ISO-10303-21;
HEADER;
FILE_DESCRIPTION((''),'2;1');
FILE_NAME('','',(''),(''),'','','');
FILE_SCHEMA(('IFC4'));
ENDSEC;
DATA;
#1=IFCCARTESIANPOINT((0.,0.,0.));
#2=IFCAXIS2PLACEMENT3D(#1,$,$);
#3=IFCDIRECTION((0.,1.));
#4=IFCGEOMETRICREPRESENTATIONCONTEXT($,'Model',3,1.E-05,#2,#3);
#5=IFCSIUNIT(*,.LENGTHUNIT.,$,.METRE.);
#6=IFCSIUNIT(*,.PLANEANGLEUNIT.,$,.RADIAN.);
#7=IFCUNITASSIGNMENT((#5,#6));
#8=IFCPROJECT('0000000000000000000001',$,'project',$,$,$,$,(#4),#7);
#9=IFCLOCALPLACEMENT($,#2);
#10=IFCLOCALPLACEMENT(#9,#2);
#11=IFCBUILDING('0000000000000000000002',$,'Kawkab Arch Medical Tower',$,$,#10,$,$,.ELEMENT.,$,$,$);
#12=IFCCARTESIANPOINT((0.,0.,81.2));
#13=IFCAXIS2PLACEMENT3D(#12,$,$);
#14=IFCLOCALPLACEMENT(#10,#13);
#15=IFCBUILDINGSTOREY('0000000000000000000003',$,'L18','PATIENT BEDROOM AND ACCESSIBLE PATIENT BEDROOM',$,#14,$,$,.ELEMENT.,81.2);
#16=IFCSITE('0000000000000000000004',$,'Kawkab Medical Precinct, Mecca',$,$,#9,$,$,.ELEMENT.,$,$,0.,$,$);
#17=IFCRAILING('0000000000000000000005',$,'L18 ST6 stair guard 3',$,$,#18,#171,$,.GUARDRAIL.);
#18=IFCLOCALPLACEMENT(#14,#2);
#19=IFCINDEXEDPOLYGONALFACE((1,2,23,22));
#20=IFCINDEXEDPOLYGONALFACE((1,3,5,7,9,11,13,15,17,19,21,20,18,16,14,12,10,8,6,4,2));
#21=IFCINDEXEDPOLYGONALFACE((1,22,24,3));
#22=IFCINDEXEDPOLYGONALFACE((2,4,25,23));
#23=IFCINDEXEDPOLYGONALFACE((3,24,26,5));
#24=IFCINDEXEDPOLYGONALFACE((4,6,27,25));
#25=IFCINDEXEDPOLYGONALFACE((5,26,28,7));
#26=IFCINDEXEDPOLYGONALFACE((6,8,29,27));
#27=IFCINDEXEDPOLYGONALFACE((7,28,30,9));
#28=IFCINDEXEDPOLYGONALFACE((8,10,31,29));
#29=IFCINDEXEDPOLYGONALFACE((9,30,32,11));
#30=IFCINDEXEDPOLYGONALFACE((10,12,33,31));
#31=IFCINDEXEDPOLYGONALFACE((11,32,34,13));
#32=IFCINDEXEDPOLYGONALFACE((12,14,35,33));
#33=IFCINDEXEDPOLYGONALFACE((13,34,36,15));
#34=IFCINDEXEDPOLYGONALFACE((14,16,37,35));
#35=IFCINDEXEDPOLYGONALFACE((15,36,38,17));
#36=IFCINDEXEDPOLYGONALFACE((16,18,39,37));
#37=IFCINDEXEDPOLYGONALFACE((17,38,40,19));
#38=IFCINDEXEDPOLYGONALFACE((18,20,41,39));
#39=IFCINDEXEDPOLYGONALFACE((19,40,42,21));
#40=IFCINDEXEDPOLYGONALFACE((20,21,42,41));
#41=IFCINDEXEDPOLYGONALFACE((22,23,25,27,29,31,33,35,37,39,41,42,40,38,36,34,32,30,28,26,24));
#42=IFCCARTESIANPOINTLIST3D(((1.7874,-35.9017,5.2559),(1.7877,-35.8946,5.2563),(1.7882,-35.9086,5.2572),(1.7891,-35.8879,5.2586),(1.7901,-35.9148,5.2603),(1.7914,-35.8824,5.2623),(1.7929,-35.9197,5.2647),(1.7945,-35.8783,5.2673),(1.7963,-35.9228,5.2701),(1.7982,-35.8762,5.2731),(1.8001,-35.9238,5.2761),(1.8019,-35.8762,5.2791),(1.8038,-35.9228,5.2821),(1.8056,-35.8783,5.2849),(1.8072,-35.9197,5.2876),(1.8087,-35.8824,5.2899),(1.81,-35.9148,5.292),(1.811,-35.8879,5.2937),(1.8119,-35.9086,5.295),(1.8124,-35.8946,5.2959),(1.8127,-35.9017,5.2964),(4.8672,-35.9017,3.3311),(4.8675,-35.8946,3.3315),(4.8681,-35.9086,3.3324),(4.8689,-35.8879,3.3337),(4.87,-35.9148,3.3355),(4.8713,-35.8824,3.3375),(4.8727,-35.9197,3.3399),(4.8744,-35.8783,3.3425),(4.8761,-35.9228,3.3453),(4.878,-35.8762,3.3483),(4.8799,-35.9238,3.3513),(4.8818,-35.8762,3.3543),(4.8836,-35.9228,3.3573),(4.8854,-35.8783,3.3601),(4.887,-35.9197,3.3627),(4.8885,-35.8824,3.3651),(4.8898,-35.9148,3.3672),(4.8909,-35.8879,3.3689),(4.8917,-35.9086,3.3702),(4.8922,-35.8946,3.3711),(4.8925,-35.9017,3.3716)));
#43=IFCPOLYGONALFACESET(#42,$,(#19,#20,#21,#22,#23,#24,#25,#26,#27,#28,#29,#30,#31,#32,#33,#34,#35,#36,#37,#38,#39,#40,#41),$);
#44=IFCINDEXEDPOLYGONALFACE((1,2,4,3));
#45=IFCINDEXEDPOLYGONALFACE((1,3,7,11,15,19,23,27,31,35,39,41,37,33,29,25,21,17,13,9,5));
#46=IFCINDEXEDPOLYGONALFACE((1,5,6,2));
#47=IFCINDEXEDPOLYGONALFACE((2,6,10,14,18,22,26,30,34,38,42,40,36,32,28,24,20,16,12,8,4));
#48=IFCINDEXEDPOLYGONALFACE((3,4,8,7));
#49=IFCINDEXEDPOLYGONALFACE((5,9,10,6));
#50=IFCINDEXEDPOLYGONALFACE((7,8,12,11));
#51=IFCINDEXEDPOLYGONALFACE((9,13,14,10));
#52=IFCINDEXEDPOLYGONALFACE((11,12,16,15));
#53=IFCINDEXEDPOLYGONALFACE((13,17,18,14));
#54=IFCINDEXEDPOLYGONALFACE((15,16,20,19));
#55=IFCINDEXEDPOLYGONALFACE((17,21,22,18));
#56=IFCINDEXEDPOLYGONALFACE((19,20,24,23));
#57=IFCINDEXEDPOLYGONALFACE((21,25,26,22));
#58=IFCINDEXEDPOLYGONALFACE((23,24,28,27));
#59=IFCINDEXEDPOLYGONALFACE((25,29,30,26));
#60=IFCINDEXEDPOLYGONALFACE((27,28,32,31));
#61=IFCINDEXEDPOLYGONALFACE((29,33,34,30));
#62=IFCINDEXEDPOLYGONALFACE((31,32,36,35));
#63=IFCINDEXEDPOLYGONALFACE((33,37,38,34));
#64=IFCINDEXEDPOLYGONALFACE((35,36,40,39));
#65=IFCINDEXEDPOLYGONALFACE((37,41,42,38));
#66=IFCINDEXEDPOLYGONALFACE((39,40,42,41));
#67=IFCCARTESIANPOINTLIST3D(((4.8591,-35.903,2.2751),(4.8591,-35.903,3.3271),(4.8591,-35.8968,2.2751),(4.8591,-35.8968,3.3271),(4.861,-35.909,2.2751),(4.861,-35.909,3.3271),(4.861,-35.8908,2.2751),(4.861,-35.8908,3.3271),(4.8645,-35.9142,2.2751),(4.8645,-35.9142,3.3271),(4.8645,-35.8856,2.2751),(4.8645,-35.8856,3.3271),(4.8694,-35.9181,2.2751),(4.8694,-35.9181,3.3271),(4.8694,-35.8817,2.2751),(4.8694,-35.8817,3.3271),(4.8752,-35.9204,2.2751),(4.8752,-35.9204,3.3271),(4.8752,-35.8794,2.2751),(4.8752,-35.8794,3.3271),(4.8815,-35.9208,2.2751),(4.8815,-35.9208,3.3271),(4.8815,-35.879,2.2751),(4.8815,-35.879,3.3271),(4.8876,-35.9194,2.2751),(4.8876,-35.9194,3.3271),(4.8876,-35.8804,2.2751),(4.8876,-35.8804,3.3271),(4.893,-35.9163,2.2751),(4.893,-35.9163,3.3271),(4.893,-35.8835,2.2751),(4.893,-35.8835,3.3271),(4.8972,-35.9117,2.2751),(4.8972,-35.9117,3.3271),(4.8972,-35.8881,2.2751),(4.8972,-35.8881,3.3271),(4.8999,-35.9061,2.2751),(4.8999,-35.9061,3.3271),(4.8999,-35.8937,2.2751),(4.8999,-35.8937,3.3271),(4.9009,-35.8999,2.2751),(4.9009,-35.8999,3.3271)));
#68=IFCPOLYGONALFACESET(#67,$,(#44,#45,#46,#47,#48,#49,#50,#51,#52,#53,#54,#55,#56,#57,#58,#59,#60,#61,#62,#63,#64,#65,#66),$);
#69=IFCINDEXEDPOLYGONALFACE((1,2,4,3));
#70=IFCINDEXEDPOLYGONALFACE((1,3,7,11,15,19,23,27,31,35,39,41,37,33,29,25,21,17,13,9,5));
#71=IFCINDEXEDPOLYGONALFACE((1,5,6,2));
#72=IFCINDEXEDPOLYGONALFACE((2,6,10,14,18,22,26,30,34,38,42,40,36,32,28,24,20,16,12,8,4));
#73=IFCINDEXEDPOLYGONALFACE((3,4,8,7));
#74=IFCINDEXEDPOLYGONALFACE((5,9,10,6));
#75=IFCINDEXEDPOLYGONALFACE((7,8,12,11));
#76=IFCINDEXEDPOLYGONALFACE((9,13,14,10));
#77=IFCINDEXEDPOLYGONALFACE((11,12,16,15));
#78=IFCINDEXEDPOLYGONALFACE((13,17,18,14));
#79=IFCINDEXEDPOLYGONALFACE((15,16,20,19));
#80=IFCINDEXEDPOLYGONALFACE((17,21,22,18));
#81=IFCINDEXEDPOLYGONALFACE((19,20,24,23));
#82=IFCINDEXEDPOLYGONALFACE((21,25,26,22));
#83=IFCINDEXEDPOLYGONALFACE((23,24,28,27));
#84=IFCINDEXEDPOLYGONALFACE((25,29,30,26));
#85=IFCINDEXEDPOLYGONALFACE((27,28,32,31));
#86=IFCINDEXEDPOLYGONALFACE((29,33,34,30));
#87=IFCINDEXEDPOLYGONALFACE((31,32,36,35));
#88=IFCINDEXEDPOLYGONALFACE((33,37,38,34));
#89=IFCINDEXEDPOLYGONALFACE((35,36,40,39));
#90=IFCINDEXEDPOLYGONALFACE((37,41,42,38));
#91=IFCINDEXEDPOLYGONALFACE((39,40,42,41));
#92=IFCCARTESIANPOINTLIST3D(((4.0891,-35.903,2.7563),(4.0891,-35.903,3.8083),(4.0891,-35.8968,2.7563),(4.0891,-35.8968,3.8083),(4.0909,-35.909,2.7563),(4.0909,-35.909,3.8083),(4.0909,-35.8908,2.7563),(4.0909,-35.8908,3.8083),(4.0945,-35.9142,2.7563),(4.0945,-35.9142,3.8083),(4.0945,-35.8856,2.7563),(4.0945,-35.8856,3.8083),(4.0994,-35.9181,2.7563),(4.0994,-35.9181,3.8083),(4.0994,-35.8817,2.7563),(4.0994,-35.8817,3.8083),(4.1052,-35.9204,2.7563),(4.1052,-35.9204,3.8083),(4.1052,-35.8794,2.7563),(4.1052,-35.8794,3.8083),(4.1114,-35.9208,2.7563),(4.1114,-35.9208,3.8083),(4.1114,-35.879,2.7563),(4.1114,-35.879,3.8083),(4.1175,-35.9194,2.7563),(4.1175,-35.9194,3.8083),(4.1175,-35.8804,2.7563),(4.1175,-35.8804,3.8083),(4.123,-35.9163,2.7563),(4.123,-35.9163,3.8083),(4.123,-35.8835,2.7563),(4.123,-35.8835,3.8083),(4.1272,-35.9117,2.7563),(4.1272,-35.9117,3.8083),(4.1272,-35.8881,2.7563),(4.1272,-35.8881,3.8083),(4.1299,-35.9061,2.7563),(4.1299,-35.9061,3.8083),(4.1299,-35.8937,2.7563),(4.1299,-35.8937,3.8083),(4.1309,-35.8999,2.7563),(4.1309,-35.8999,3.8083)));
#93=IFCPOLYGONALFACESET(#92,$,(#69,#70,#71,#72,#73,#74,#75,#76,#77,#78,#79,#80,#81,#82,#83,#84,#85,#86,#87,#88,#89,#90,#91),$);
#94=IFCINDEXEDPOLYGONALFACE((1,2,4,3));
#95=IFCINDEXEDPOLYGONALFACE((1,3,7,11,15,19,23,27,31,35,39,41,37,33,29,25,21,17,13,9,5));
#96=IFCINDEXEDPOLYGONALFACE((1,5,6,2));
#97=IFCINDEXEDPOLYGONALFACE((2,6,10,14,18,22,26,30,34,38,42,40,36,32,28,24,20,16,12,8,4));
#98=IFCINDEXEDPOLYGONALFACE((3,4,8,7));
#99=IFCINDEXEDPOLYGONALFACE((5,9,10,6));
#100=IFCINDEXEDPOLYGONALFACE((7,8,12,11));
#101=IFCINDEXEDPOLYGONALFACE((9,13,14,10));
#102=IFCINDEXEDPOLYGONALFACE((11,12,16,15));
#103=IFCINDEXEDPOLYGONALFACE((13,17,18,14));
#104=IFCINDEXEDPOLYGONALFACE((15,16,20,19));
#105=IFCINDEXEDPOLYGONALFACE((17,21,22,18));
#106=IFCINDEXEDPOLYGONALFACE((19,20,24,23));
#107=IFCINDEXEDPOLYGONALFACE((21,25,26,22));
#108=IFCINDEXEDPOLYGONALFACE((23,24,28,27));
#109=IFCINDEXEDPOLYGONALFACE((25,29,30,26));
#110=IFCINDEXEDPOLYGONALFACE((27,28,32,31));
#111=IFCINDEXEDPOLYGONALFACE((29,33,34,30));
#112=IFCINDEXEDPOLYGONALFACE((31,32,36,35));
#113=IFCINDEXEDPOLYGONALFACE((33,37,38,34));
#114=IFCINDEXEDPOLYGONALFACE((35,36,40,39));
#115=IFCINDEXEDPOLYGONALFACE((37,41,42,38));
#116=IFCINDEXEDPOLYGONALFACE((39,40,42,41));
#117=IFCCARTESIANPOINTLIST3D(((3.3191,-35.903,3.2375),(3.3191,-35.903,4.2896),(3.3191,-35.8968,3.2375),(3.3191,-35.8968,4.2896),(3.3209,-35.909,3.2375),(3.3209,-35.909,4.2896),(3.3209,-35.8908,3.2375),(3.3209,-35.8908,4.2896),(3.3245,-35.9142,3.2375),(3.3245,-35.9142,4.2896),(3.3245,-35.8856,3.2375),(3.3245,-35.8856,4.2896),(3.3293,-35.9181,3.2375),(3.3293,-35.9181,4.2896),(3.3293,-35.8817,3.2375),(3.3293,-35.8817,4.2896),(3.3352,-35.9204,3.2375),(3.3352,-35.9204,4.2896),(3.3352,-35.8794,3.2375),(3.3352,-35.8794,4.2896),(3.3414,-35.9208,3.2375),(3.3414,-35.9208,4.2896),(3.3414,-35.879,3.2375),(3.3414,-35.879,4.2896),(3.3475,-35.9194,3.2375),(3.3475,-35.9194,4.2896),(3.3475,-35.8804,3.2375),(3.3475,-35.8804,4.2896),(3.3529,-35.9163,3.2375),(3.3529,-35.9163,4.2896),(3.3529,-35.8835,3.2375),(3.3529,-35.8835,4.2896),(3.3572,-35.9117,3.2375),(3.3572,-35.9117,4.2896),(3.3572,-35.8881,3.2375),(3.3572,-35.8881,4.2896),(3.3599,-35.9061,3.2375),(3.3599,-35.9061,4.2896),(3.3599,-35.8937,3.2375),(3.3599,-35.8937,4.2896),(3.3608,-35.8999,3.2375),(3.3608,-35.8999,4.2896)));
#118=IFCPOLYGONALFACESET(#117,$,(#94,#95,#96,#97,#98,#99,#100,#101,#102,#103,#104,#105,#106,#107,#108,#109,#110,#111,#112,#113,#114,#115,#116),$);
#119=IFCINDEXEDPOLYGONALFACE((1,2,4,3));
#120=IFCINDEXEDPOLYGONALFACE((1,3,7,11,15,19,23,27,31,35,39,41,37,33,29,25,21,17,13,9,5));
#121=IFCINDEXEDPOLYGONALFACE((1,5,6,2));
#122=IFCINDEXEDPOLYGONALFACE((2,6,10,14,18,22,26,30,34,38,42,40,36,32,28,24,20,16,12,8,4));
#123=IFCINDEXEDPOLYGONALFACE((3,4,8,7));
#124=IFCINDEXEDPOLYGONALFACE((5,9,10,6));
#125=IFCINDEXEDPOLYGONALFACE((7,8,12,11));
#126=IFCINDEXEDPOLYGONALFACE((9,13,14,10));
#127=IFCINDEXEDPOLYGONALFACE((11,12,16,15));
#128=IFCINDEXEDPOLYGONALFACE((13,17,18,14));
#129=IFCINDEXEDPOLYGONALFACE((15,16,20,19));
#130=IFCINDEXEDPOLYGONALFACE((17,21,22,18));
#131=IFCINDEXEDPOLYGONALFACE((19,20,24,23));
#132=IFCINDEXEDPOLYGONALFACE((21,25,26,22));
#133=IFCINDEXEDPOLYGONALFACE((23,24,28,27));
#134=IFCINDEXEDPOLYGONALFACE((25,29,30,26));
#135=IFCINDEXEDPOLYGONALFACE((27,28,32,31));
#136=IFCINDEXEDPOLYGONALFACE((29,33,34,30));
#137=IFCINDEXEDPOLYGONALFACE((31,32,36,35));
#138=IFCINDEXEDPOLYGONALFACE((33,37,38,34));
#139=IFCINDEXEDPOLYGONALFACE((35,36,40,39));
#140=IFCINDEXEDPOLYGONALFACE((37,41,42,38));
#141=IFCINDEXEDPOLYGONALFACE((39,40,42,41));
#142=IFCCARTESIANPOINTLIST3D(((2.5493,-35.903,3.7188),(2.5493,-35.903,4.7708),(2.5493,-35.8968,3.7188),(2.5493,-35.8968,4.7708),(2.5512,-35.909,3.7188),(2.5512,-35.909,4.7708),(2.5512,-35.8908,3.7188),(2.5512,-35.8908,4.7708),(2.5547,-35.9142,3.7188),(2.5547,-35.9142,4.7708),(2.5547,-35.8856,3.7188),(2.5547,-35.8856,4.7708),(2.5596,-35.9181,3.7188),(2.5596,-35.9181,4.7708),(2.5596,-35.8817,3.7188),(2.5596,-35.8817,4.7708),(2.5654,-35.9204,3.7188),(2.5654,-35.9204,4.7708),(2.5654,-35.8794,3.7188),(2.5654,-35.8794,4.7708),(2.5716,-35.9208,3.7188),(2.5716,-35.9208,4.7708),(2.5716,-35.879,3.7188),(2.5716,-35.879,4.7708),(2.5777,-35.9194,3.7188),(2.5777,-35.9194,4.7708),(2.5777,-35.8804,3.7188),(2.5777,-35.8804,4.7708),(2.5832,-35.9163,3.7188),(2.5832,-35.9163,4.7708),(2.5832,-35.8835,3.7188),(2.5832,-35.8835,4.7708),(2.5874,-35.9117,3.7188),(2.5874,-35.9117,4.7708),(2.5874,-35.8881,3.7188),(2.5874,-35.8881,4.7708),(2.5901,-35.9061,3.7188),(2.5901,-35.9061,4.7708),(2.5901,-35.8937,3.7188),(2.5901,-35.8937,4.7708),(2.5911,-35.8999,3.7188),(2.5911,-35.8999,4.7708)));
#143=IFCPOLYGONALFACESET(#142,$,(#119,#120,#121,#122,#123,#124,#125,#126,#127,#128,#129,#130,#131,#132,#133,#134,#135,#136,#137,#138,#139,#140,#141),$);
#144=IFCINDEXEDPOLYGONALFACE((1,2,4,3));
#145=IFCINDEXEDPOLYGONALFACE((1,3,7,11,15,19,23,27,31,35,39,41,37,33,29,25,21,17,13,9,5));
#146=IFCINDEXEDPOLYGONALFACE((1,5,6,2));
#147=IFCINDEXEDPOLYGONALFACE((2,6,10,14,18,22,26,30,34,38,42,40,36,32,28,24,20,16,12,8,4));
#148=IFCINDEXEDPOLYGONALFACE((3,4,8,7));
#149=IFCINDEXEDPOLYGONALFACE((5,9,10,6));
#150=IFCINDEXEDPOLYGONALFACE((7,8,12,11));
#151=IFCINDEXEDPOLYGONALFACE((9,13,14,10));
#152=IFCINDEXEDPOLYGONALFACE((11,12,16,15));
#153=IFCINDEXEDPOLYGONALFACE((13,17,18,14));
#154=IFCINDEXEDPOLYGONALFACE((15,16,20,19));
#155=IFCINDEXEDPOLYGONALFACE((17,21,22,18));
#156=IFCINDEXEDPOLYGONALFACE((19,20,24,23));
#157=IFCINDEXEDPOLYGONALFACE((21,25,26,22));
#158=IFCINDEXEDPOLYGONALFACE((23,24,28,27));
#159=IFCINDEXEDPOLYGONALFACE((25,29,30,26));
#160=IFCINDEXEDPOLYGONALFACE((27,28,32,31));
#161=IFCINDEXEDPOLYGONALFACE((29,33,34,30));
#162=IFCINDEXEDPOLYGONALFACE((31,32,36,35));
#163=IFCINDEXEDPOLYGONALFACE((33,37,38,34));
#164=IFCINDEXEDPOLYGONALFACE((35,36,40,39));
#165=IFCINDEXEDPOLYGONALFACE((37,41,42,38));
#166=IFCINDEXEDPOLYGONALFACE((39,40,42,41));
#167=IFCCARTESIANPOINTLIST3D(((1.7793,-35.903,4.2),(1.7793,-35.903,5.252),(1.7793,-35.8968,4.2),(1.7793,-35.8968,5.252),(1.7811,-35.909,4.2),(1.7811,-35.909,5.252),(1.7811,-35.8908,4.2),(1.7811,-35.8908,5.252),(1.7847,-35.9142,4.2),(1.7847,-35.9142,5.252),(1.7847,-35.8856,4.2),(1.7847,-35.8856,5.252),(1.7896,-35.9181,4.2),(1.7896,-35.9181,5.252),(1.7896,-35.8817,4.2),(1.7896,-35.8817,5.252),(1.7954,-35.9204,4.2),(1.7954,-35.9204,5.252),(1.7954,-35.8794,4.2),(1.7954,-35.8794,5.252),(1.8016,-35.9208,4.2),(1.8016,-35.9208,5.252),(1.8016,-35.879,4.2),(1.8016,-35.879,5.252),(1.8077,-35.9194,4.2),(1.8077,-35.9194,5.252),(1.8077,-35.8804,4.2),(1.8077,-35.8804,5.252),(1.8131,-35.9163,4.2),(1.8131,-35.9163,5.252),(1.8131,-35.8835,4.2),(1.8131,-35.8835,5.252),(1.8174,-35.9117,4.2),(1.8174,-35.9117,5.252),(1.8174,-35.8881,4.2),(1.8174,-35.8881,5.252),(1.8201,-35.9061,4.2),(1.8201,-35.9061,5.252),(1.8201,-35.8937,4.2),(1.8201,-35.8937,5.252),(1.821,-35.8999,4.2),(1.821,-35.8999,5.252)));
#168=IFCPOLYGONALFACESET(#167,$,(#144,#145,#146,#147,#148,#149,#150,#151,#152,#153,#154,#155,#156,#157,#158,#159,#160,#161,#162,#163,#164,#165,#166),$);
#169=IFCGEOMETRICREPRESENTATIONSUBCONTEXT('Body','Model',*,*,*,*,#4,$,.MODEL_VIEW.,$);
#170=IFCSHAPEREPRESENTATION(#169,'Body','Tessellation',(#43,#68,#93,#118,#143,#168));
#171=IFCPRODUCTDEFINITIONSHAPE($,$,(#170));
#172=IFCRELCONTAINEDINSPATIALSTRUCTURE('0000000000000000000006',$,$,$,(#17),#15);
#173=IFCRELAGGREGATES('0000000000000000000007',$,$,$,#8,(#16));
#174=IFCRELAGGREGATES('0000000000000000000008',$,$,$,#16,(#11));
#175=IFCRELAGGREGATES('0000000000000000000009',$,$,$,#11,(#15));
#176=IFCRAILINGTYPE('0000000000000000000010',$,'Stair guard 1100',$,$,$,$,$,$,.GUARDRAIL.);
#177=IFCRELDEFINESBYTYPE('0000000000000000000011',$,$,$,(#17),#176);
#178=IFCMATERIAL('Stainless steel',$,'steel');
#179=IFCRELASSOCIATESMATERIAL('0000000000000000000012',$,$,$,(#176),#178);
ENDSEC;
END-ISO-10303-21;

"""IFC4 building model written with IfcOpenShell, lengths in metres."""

from ifc_helpers import new_model, si_unit, direction, frame, origin, origin_2d, place, context, subcontext, project, spatial, circle, extrude, material, type_object, element, save


model = new_model("IFC4")

# Units and contexts
model_context = context("Model", 3, precision=1e-05, world=origin(), true_north=direction((0.0, 1.0)))
body_context = subcontext(model_context, "Body", "Model", "MODEL_VIEW")
ifc_project = project(units=[si_unit("LENGTHUNIT", "METRE"), si_unit("PLANEANGLEUNIT", "RADIAN")], contexts=[model_context])

# Site, building, storey
site_placement = place(None, origin())
site = spatial("IfcSite", under=ifc_project, at=site_placement, Name="Kawkab Medical Precinct, Mecca", CompositionType="ELEMENT", RefElevation=0.0)
building_placement = place(site_placement, origin())
building = spatial("IfcBuilding", under=site, at=building_placement, Name="Kawkab Arch Medical Tower", CompositionType="ELEMENT")
storey_placement = place(building_placement, frame((0.0, 0.0, 81.2)))
storey = spatial("IfcBuildingStorey", under=building, at=storey_placement, Name="L18", Description="PATIENT BEDROOM AND ACCESSIBLE PATIENT BEDROOM", CompositionType="ELEMENT", Elevation=81.2)

# Railing
ifc_material_1 = material(Name="Stainless steel", Category="steel")
railing_type = type_object("IfcRailingType", Name="Stair guard 1100", PredefinedType="GUARDRAIL", material=ifc_material_1)
railing_1_placement = place(storey_placement, frame((4.8799, -35.8999, 2.2751)))
element("IfcRailing", 1, at=railing_1_placement, inside=storey, type_object=railing_type, Name="L18 ST6 stair guard 3", PredefinedType="GUARDRAIL", context=body_context, shape_type="SweptSolid", body=[
    extrude(circle(Radius=0.0239, at=origin_2d()), frame((0.0, 0.0, 1.0762), z_axis=(-0.84801, 0.0, 0.529981), x_axis=(0.0, -1.0, 0.0)), (0.0, 0.0, 1.0), 3.6318),
    extrude(circle(Radius=0.021, at=origin_2d()), origin(), (0.0, 0.0, 1.0), 1.052),
    extrude(circle(Radius=0.021, at=origin_2d()), frame((-0.77, 0.0, 0.4812)), (0.0, 0.0, 1.0), 1.052),
    extrude(circle(Radius=0.021, at=origin_2d()), frame((-1.54, 0.0, 0.9624)), (0.0, 0.0, 1.0), 1.052),
    extrude(circle(Radius=0.021, at=origin_2d()), frame((-2.3098, 0.0, 1.4436)), (0.0, 0.0, 1.0), 1.052),
    extrude(circle(Radius=0.021, at=origin_2d()), frame((-3.0798, 0.0, 1.9248)), (0.0, 0.0, 1.0), 1.052),
])

save(model, "model.ifc")
